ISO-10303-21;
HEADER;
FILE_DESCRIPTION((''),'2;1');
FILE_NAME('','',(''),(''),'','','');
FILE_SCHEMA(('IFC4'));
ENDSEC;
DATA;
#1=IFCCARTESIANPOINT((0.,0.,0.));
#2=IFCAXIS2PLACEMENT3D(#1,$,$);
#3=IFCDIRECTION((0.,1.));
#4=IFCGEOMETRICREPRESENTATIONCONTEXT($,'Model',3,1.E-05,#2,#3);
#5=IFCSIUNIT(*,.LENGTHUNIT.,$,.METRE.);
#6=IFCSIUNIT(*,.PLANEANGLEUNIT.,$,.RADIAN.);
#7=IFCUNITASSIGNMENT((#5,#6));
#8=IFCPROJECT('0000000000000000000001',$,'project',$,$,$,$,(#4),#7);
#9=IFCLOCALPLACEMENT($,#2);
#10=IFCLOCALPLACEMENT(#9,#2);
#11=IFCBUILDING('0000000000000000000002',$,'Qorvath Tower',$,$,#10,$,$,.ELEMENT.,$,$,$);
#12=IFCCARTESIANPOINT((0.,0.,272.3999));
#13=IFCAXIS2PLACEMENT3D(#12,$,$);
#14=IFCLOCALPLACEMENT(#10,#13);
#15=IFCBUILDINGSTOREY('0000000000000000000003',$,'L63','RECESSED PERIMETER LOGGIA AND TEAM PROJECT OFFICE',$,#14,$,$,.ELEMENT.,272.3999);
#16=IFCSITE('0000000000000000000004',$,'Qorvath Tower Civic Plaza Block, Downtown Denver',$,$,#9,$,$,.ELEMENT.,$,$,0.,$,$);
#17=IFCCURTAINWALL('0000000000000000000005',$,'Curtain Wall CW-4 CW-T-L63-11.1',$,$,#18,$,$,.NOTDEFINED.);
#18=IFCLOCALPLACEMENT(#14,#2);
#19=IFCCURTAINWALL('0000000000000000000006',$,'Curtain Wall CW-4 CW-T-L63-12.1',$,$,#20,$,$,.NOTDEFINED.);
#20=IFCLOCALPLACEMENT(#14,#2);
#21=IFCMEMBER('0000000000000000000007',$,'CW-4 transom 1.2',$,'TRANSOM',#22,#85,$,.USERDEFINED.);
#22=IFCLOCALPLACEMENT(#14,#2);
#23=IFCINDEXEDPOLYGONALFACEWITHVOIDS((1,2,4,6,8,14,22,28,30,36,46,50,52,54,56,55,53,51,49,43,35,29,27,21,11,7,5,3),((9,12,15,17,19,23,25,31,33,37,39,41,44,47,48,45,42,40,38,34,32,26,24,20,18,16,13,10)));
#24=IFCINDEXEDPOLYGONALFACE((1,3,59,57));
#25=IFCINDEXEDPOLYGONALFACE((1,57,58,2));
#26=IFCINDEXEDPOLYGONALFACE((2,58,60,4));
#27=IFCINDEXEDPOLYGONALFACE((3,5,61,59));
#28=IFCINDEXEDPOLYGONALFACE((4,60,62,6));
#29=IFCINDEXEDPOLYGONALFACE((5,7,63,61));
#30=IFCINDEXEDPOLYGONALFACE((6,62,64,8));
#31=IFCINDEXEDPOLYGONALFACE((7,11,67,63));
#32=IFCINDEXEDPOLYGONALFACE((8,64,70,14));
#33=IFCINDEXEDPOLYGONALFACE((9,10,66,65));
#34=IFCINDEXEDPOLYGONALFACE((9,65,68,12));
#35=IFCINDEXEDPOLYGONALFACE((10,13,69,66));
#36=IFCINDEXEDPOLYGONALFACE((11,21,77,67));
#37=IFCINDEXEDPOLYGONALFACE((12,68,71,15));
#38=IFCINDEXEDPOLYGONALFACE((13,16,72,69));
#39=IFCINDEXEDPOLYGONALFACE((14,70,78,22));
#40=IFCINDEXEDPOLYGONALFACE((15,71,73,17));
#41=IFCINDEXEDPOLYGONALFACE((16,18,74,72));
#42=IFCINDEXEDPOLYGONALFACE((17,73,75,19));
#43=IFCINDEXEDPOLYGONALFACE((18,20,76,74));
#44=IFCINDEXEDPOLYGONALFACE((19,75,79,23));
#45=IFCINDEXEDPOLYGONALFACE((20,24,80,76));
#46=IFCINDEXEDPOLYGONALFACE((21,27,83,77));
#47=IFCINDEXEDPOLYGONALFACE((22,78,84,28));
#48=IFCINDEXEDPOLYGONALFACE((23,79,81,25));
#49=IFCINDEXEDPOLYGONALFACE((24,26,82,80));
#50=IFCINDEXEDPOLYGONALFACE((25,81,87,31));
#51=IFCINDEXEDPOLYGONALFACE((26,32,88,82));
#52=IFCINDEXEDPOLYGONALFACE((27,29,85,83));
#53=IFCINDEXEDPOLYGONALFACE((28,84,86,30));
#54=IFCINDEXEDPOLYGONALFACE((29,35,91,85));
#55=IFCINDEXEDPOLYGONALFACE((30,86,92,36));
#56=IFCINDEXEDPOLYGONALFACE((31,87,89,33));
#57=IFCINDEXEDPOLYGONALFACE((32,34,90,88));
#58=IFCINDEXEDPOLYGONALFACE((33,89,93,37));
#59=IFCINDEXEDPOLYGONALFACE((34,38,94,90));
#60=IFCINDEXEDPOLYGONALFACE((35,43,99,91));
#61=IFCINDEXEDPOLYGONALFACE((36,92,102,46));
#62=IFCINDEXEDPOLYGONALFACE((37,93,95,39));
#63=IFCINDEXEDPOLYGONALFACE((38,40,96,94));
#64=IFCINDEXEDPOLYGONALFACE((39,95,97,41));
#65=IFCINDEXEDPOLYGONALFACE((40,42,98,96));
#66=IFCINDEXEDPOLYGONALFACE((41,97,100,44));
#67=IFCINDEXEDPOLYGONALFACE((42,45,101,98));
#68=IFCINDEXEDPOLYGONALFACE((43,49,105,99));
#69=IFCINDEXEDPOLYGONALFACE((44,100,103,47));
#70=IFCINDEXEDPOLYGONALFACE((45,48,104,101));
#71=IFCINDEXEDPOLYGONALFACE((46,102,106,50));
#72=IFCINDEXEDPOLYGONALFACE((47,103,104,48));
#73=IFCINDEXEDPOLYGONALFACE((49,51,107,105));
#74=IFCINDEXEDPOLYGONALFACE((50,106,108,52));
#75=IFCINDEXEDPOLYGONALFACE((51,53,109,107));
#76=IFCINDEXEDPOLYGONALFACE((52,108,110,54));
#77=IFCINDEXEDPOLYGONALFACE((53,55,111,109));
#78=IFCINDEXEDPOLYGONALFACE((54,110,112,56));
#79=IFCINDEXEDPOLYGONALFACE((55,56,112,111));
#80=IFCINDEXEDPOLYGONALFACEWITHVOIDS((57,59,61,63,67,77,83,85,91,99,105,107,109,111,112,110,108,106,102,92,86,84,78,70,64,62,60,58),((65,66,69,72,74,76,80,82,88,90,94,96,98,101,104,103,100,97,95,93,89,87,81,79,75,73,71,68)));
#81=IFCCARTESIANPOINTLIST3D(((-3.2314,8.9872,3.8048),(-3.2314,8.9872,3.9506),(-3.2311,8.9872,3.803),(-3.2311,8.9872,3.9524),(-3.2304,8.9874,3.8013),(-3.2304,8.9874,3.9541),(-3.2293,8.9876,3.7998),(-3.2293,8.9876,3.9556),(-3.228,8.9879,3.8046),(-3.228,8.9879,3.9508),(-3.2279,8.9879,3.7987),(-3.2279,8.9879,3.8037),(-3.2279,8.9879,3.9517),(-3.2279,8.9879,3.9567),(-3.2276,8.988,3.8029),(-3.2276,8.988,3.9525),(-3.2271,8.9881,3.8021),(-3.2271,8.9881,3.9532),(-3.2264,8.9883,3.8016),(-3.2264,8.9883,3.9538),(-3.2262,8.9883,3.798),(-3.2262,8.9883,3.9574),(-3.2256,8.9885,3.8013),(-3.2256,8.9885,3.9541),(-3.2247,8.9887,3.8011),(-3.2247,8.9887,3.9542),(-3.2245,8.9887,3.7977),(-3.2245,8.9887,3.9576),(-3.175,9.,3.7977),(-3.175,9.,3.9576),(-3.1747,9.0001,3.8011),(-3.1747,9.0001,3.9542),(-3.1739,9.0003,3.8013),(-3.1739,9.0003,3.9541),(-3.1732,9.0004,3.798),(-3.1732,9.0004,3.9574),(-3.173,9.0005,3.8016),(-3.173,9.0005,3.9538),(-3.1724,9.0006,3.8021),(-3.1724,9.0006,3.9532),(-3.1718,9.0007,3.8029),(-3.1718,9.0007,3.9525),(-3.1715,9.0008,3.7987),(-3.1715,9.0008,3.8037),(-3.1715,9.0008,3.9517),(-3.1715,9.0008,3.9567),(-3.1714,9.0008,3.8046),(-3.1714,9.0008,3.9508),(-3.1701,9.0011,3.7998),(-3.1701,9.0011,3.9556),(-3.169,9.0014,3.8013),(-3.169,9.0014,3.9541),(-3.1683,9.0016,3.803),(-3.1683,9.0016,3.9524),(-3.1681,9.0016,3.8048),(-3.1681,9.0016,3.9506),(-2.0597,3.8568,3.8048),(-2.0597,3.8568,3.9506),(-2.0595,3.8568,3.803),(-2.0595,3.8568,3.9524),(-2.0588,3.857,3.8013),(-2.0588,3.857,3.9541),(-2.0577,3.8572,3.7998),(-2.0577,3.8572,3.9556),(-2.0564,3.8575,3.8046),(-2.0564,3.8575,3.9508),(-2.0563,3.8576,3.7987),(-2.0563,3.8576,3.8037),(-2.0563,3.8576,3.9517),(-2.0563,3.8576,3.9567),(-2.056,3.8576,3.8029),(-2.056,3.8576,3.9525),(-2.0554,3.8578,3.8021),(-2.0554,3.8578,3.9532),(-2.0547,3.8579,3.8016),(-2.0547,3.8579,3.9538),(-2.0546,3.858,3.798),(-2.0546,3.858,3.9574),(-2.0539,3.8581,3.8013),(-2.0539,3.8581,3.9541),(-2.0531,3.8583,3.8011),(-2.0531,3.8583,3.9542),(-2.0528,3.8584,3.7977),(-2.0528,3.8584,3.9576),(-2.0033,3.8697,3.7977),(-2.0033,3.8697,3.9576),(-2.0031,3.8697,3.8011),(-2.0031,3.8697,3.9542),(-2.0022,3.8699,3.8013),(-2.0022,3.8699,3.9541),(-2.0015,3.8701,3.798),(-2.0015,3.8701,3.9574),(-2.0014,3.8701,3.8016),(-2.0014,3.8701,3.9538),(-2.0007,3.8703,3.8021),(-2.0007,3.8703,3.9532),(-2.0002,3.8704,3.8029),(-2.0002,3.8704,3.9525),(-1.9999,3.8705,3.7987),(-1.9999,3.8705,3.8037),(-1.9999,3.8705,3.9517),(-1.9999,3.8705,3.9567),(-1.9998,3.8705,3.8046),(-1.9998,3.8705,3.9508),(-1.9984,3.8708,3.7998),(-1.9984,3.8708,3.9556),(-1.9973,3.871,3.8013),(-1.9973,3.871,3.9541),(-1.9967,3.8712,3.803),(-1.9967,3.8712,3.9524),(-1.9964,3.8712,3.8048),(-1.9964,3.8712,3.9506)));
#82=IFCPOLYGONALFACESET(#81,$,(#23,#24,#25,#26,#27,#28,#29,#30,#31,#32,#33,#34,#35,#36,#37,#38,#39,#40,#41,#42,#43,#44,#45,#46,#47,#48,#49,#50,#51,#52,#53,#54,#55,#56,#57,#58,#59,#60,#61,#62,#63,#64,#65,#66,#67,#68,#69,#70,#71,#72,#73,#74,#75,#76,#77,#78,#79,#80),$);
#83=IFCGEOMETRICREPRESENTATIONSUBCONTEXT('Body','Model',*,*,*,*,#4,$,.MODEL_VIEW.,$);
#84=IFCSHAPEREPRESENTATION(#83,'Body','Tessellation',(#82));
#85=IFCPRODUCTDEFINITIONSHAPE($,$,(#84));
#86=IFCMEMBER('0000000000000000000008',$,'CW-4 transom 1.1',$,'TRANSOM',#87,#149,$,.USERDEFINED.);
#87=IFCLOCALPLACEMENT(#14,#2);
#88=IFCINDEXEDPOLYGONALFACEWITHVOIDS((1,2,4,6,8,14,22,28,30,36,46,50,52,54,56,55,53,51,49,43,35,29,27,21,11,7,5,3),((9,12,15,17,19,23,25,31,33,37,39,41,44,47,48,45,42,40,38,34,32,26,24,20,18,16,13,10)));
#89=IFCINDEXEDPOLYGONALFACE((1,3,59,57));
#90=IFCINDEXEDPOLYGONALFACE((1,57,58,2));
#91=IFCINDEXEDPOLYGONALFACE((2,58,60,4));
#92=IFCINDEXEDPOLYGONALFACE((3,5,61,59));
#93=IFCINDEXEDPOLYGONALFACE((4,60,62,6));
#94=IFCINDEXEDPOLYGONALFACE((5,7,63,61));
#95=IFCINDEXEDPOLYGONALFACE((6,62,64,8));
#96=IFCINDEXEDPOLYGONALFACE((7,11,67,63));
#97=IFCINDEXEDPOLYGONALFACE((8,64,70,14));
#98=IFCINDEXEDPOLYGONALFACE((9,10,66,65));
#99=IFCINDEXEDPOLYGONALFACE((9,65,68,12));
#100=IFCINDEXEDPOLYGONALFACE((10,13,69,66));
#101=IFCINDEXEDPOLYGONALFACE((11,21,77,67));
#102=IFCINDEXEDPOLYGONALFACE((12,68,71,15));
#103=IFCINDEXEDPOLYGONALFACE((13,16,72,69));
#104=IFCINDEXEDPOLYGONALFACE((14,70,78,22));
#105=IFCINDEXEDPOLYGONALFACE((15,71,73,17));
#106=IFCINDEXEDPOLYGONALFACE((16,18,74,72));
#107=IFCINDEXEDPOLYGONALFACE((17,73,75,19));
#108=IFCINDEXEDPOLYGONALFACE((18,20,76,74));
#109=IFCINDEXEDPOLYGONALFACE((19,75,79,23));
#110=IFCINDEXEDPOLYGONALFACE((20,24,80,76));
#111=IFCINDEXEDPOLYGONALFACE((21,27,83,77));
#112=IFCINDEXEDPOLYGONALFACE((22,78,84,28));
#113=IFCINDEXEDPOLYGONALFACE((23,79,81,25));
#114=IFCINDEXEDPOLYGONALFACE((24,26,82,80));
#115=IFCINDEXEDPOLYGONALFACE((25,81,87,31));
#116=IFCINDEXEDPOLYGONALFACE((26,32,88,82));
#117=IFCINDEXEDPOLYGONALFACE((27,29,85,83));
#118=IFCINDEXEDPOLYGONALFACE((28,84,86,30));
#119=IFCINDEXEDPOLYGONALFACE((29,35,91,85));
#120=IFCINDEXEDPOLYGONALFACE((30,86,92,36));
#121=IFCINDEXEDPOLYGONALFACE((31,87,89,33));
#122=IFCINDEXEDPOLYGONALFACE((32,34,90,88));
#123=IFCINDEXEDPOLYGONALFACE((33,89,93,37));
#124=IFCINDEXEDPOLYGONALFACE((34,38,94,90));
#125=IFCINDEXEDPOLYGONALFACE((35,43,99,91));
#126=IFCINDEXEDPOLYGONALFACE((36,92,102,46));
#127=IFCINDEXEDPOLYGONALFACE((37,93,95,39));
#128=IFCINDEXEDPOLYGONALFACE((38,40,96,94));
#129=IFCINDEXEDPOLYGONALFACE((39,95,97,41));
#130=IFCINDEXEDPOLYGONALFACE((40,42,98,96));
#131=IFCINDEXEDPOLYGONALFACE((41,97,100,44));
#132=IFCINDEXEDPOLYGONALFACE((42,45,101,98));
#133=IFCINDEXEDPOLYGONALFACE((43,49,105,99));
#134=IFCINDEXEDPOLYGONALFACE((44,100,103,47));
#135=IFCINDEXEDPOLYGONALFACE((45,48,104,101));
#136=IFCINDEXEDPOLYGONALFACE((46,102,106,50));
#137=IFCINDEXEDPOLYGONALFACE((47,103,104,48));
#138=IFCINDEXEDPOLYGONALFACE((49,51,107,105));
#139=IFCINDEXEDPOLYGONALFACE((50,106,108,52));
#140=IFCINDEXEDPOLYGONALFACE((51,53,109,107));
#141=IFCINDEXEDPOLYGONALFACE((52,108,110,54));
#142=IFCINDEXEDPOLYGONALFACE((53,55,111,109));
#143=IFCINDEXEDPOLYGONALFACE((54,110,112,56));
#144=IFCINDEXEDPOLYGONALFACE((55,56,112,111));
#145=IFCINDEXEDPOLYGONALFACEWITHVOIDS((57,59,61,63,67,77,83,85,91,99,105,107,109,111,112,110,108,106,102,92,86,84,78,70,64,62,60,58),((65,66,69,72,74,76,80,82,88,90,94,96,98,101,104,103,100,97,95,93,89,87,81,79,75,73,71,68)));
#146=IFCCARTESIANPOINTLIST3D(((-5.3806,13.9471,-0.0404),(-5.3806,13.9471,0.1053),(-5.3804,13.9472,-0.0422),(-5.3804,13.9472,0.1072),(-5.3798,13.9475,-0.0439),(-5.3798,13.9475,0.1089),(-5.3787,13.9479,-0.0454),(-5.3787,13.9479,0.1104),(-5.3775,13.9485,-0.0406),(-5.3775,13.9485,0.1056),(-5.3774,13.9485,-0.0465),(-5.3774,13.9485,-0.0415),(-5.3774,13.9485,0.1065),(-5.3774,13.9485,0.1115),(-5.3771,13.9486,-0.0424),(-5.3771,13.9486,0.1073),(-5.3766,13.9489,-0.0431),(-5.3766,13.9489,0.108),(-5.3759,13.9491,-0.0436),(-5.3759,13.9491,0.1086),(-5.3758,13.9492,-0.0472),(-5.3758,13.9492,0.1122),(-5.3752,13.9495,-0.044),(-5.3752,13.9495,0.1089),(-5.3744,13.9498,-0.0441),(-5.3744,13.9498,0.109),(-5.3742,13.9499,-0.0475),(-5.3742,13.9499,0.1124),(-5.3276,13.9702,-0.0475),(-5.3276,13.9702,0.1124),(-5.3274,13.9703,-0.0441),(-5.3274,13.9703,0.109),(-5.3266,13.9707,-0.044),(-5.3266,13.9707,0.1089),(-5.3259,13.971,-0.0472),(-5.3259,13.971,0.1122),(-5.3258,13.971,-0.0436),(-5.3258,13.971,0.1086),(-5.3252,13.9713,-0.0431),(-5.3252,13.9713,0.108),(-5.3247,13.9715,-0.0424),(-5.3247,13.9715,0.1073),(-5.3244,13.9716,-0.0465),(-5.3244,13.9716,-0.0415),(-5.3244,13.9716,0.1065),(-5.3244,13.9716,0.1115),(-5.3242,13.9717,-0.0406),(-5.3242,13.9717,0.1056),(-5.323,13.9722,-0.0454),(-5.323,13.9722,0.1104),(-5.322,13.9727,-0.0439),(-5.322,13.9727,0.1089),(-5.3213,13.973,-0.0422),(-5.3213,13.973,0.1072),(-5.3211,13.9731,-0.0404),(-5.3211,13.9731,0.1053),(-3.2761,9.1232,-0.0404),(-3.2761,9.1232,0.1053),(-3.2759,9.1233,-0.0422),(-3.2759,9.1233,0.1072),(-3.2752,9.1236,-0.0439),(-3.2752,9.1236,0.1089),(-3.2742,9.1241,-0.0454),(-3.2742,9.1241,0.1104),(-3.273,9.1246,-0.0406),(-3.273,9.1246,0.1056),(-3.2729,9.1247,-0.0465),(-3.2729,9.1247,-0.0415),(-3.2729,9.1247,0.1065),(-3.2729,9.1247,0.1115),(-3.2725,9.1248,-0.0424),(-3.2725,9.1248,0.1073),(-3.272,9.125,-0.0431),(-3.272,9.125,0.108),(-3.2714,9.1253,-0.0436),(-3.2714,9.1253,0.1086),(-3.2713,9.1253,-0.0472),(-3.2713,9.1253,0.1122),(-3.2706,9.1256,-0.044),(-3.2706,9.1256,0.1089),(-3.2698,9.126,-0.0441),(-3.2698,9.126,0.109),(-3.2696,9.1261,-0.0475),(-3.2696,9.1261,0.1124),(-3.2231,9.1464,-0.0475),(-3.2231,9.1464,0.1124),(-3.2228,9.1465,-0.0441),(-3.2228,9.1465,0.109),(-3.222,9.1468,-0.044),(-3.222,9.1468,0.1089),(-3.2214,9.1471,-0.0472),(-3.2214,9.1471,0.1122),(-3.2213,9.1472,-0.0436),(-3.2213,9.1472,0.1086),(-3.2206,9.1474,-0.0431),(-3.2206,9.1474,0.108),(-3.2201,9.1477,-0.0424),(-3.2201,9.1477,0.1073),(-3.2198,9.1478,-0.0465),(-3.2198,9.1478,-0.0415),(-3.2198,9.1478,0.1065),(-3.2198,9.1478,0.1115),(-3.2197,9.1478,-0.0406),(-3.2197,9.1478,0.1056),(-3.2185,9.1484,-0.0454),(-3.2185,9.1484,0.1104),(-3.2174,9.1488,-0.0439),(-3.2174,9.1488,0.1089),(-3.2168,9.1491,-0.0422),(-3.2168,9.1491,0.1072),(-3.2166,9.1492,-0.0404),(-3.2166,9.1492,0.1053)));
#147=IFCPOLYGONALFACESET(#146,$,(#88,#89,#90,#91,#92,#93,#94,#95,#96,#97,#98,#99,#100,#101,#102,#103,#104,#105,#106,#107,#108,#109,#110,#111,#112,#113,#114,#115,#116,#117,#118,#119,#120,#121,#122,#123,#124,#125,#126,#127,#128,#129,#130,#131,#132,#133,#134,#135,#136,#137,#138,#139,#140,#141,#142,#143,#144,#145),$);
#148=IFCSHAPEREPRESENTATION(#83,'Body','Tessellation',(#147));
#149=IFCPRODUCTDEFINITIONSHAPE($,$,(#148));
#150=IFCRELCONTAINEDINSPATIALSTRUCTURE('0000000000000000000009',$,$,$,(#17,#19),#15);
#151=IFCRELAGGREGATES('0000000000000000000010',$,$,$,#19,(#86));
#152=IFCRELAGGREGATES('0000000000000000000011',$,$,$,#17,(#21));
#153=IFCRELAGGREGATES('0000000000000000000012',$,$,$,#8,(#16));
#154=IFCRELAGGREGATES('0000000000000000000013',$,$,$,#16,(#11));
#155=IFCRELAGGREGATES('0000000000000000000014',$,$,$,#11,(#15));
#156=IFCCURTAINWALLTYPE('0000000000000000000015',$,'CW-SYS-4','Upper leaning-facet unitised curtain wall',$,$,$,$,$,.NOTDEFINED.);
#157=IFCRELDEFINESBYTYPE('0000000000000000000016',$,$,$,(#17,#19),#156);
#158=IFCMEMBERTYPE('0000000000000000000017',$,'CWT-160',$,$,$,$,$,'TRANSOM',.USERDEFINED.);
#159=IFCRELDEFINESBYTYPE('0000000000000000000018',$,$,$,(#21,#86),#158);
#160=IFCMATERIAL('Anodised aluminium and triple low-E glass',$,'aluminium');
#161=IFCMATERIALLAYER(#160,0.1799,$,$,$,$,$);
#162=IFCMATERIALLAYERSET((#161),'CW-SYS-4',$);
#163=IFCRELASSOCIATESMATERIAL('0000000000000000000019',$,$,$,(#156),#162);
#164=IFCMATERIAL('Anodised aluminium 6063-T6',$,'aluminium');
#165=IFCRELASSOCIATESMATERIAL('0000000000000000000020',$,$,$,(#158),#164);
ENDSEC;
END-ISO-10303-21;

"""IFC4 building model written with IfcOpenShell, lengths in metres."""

from ifc_helpers import new_model, si_unit, direction, frame, origin, origin_2d, place, context, subcontext, project, spatial, hollow_rectangle, extrude, material, layer, layer_set, material_profile, profile_set, type_object, element, aggregate, save


model = new_model("IFC4")

# Units and contexts
model_context = context("Model", 3, precision=1e-05, world=origin(), true_north=direction((0.0, 1.0)))
body_context = subcontext(model_context, "Body", "Model", "MODEL_VIEW")
ifc_project = project(units=[si_unit("LENGTHUNIT", "METRE"), si_unit("PLANEANGLEUNIT", "RADIAN")], contexts=[model_context])

# Site, building, storey
site_placement = place(None, origin())
site = spatial("IfcSite", under=ifc_project, at=site_placement, Name="Qorvath Tower Civic Plaza Block, Downtown Denver", CompositionType="ELEMENT", RefElevation=0.0)
building_placement = place(site_placement, origin())
building = spatial("IfcBuilding", under=site, at=building_placement, Name="Qorvath Tower", CompositionType="ELEMENT")
storey_placement = place(building_placement, frame((0.0, 0.0, 272.3999)))
storey = spatial("IfcBuildingStorey", under=building, at=storey_placement, Name="L63", Description="RECESSED PERIMETER LOGGIA AND TEAM PROJECT OFFICE", CompositionType="ELEMENT", Elevation=272.3999)

# Shared definitions
ifc_material_1 = material(Name="Anodised aluminium and triple low-E glass", Category="aluminium")
ifc_layer_1 = layer(ifc_material_1, 0.1799)
ifc_layer_set_1 = layer_set([ifc_layer_1], Name="CW-SYS-4")
curtain_wall_type = type_object("IfcCurtainWallType", Name="CW-SYS-4", Description="Upper leaning-facet unitised curtain wall", PredefinedType="NOTDEFINED", material=ifc_layer_set_1)

# Curtain wall
curtain_wall_1_placement = place(storey_placement, origin())
curtain_wall_1 = element("IfcCurtainWall", 1, at=curtain_wall_1_placement, inside=storey, type_object=curtain_wall_type, Name="Curtain Wall CW-4 CW-T-L63-11.1", PredefinedType="NOTDEFINED")

# Curtain wall
curtain_wall_2_placement = place(storey_placement, origin())
curtain_wall_2 = element("IfcCurtainWall", 2, at=curtain_wall_2_placement, inside=storey, type_object=curtain_wall_type, Name="Curtain Wall CW-4 CW-T-L63-12.1", PredefinedType="NOTDEFINED")

# Members
ifc_material_2 = material(Name="Anodised aluminium 6063-T6", Category="aluminium")
ifc_material_profile_1 = material_profile(ifc_material_2, hollow_rectangle(XDim=0.0649, YDim=0.1599, WallThickness=0.0034, InnerFilletRadius=0.0034, OuterFilletRadius=0.0071, at=origin_2d()), Name="CWT 160x65")
ifc_profile_set_1 = profile_set([ifc_material_profile_1], Name="Anodised aluminium 6063-T6")
member_type_1 = type_object("IfcMemberType", Name="CWT-160", ElementType="TRANSOM", PredefinedType="USERDEFINED", material=ifc_profile_set_1)
member_1_placement = place(storey_placement, frame((-2.0281, 3.864, 3.8777), z_axis=(-0.22264, 0.974901, 0.0), x_axis=(-0.974901, -0.22264, 0.0)))
member_1 = element("IfcMember", 3, at=member_1_placement, type_object=member_type_1, Name="CW-4 transom 1.2", ObjectType="TRANSOM", PredefinedType="USERDEFINED", context=body_context, shape_type="SweptSolid", body=[
    extrude(hollow_rectangle(XDim=0.0649, YDim=0.1599, WallThickness=0.0034, InnerFilletRadius=0.0034, OuterFilletRadius=0.0071, at=origin_2d()), origin(), (0.0, 0.0, 1.0), 5.2625),
])
member_2_placement = place(storey_placement, frame((-3.2463, 9.1362, 0.0325), z_axis=(-0.399879, 0.916568, 0.0), x_axis=(-0.916568, -0.399879, 0.0)))
member_2 = element("IfcMember", 4, at=member_2_placement, type_object=member_type_1, Name="CW-4 transom 1.1", ObjectType="TRANSOM", PredefinedType="USERDEFINED", context=body_context, shape_type="SweptSolid", body=[
    extrude(hollow_rectangle(XDim=0.0649, YDim=0.1599, WallThickness=0.0034, InnerFilletRadius=0.0034, OuterFilletRadius=0.0071, at=origin_2d()), origin(), (0.0, 0.0, 1.0), 5.2629),
])
aggregate(curtain_wall_2, [member_2])

aggregate(curtain_wall_1, [member_1])

save(model, "model.ifc")
